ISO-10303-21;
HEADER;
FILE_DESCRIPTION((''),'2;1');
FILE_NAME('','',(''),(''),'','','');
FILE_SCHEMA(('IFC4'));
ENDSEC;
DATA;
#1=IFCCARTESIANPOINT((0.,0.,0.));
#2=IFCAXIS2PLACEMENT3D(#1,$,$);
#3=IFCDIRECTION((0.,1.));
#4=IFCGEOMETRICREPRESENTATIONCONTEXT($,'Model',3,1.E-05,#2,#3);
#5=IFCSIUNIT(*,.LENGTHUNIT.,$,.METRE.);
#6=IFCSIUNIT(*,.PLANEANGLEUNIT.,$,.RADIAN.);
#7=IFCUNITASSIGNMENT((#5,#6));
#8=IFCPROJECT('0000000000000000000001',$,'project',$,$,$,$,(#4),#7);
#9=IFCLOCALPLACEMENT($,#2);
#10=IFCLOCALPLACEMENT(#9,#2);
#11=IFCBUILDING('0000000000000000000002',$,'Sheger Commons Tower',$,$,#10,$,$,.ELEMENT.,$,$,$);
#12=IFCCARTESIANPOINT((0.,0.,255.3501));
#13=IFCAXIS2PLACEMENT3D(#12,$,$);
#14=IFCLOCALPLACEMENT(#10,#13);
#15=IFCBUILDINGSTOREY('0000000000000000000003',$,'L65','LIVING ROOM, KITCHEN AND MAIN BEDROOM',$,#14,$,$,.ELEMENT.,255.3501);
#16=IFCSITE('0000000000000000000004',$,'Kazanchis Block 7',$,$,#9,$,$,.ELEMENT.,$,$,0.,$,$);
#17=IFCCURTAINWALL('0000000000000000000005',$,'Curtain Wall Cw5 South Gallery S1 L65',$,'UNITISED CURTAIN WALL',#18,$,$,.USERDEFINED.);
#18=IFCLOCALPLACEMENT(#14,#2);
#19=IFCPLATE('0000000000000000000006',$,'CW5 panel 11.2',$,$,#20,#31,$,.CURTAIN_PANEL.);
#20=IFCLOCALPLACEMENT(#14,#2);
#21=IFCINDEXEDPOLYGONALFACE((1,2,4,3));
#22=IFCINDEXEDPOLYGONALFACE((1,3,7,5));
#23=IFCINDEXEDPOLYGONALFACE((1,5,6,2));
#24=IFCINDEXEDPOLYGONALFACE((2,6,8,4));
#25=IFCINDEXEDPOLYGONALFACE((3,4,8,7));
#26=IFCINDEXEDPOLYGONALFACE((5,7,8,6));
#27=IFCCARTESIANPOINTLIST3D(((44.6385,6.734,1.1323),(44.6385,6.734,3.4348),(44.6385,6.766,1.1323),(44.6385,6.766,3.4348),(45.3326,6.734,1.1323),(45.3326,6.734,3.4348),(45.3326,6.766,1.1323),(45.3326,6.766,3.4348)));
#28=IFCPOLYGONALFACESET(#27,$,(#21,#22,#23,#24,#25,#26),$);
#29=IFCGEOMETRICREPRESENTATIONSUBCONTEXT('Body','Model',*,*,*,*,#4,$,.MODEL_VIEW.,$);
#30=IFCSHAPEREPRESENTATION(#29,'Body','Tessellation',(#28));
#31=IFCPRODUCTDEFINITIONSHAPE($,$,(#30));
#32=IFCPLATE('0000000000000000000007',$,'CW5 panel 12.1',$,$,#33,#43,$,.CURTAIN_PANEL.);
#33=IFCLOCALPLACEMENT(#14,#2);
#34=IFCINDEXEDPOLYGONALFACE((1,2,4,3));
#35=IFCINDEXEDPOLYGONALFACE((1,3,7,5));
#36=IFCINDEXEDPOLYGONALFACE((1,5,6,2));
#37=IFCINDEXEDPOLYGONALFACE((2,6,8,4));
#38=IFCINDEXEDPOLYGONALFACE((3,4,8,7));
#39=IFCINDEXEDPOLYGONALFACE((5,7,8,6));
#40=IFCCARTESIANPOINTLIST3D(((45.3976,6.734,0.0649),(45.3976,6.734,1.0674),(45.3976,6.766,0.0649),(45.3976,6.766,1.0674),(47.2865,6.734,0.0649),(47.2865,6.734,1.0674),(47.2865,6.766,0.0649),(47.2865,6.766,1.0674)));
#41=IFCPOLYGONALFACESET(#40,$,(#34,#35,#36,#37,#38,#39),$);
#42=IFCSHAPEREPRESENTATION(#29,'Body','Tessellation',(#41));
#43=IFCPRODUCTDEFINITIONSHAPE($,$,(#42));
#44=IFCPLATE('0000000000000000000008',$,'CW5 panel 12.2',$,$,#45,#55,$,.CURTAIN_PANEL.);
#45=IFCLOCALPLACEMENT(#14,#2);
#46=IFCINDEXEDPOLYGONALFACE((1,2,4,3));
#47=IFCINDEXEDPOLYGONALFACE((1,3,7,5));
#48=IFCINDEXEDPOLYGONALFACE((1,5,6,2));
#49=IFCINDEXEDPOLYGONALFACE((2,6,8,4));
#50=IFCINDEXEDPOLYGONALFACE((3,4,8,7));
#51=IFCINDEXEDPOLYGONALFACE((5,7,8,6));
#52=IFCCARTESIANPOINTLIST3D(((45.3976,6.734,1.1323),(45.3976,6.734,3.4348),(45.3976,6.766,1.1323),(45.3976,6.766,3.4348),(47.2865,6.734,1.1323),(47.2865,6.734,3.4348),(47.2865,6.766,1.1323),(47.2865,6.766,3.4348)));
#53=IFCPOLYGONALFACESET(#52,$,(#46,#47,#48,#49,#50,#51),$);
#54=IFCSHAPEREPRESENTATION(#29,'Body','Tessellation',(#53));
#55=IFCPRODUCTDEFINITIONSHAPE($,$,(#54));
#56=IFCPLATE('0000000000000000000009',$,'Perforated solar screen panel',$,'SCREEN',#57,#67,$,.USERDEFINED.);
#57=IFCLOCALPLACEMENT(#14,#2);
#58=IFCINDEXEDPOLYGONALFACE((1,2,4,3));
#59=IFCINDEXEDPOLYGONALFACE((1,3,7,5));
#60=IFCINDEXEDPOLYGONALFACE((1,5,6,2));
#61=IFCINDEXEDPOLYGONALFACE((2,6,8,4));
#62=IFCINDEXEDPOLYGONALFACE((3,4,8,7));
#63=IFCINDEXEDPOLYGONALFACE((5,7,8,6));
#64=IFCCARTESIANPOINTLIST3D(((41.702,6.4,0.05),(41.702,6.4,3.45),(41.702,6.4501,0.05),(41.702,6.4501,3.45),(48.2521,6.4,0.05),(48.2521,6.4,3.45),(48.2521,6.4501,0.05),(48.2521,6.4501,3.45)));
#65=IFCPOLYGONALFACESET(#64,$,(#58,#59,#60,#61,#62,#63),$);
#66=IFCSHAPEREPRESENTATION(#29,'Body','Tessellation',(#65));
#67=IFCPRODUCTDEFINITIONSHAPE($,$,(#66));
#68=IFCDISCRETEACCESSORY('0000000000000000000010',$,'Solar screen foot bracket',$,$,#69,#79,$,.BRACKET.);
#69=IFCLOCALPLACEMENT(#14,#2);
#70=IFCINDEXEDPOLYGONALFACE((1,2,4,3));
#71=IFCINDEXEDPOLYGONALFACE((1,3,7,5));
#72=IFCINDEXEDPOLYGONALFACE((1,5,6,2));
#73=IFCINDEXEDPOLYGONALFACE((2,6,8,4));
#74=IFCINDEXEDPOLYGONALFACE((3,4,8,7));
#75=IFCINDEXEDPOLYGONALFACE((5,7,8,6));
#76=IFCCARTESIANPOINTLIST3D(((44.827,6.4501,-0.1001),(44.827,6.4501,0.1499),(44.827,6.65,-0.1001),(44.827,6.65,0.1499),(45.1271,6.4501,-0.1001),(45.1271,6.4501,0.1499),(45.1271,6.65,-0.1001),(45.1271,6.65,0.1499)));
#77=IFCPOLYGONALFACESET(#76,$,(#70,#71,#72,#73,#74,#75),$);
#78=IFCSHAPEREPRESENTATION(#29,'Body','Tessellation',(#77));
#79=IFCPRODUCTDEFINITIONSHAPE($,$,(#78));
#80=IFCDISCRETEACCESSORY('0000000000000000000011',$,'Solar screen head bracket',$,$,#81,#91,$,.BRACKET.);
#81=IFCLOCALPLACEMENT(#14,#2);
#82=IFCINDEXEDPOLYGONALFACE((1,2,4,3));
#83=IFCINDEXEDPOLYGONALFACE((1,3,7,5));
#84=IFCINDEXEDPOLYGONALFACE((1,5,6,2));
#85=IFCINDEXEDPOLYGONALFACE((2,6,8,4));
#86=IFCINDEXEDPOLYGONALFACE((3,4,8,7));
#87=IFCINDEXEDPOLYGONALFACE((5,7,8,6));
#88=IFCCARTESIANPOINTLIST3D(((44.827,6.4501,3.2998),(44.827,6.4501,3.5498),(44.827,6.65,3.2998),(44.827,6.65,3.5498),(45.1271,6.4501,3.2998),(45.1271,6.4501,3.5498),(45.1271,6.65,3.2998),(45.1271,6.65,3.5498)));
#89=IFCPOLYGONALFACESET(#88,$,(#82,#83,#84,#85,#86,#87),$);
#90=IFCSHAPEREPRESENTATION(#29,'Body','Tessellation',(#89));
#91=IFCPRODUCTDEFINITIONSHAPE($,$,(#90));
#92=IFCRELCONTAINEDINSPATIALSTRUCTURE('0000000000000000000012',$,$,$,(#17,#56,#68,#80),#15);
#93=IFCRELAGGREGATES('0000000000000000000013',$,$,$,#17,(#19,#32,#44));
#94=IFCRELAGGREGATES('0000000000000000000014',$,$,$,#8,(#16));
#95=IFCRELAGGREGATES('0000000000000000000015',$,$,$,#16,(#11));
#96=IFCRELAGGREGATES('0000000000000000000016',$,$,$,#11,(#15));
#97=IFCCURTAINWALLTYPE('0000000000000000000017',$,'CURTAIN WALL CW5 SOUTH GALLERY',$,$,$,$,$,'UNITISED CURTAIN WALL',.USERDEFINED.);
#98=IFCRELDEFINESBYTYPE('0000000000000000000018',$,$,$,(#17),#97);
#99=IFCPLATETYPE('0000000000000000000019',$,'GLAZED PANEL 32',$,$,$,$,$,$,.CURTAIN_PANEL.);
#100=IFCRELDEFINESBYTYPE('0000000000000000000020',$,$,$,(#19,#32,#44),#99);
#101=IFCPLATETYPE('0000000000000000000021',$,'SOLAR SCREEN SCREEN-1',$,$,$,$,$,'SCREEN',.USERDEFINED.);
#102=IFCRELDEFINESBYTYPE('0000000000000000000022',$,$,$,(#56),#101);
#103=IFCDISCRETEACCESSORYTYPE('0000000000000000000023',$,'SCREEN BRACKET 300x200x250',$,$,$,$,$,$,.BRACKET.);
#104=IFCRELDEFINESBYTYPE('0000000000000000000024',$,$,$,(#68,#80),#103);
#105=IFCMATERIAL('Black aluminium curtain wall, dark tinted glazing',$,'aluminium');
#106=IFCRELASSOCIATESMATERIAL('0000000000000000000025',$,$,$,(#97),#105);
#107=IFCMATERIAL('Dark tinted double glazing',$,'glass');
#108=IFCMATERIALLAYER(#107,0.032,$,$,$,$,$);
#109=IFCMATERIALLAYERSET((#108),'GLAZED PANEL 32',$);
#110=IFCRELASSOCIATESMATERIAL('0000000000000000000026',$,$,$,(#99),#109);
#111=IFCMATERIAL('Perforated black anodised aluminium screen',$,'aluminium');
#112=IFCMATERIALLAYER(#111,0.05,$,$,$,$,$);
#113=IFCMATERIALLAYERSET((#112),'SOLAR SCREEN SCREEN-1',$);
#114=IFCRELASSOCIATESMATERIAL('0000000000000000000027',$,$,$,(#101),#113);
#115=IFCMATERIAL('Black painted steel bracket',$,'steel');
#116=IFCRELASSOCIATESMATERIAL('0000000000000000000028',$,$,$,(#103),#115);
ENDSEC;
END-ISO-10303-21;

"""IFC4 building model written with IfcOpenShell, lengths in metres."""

from ifc_helpers import new_model, si_unit, direction, frame, origin, origin_2d, place, context, subcontext, project, spatial, rectangle, extrude, material, layer, layer_set, type_object, element, aggregate, save


model = new_model("IFC4")

# Units and contexts
model_context = context("Model", 3, precision=1e-05, world=origin(), true_north=direction((0.0, 1.0)))
body_context = subcontext(model_context, "Body", "Model", "MODEL_VIEW")
ifc_project = project(units=[si_unit("LENGTHUNIT", "METRE"), si_unit("PLANEANGLEUNIT", "RADIAN")], contexts=[model_context])

# Site, building, storey
site_placement = place(None, origin())
site = spatial("IfcSite", under=ifc_project, at=site_placement, Name="Kazanchis Block 7", CompositionType="ELEMENT", RefElevation=0.0)
building_placement = place(site_placement, origin())
building = spatial("IfcBuilding", under=site, at=building_placement, Name="Sheger Commons Tower", CompositionType="ELEMENT")
storey_placement = place(building_placement, frame((0.0, 0.0, 255.3501)))
storey = spatial("IfcBuildingStorey", under=building, at=storey_placement, Name="L65", Description="LIVING ROOM, KITCHEN AND MAIN BEDROOM", CompositionType="ELEMENT", Elevation=255.3501)

# Curtain wall, plates
ifc_material_1 = material(Name="Black aluminium curtain wall, dark tinted glazing", Category="aluminium")
curtain_wall_type = type_object("IfcCurtainWallType", Name="CURTAIN WALL CW5 SOUTH GALLERY", ElementType="UNITISED CURTAIN WALL", PredefinedType="USERDEFINED", material=ifc_material_1)
curtain_wall_placement = place(storey_placement, origin())
curtain_wall = element("IfcCurtainWall", 1, at=curtain_wall_placement, inside=storey, type_object=curtain_wall_type, Name="Curtain Wall Cw5 South Gallery S1 L65", ObjectType="UNITISED CURTAIN WALL", PredefinedType="USERDEFINED")
ifc_material_2 = material(Name="Dark tinted double glazing", Category="glass")
ifc_layer_1 = layer(ifc_material_2, 0.032)
ifc_layer_set_1 = layer_set([ifc_layer_1], Name="GLAZED PANEL 32")
plate_type_1 = type_object("IfcPlateType", Name="GLAZED PANEL 32", PredefinedType="CURTAIN_PANEL", material=ifc_layer_set_1)
plate_1_placement = place(storey_placement, frame((44.9856, 6.75, 1.1323), z_axis=(0.0, 0.0, 1.0), x_axis=(1.0, 0.0, 0.0)))
plate_1 = element("IfcPlate", 2, at=plate_1_placement, type_object=plate_type_1, Name="CW5 panel 11.2", PredefinedType="CURTAIN_PANEL", context=body_context, shape_type="SweptSolid", body=[
    extrude(rectangle(XDim=0.6941, YDim=0.032, at=origin_2d()), origin(), (0.0, 0.0, 1.0), 2.3025),
])
plate_2_placement = place(storey_placement, frame((46.342, 6.75, 0.0649), z_axis=(0.0, 0.0, 1.0), x_axis=(1.0, 0.0, 0.0)))
plate_2 = element("IfcPlate", 3, at=plate_2_placement, type_object=plate_type_1, Name="CW5 panel 12.1", PredefinedType="CURTAIN_PANEL", context=body_context, shape_type="SweptSolid", body=[
    extrude(rectangle(XDim=1.8889, YDim=0.032, at=origin_2d()), origin(), (0.0, 0.0, 1.0), 1.0024),
])
plate_3_placement = place(storey_placement, frame((46.342, 6.75, 1.1323), z_axis=(0.0, 0.0, 1.0), x_axis=(1.0, 0.0, 0.0)))
plate_3 = element("IfcPlate", 4, at=plate_3_placement, type_object=plate_type_1, Name="CW5 panel 12.2", PredefinedType="CURTAIN_PANEL", context=body_context, shape_type="SweptSolid", body=[
    extrude(rectangle(XDim=1.8889, YDim=0.032, at=origin_2d()), origin(), (0.0, 0.0, 1.0), 2.3025),
])
aggregate(curtain_wall, [plate_1, plate_2, plate_3])

# Plate
ifc_material_3 = material(Name="Perforated black anodised aluminium screen", Category="aluminium")
ifc_layer_2 = layer(ifc_material_3, 0.05)
ifc_layer_set_2 = layer_set([ifc_layer_2], Name="SOLAR SCREEN SCREEN-1")
plate_type_2 = type_object("IfcPlateType", Name="SOLAR SCREEN SCREEN-1", ElementType="SCREEN", PredefinedType="USERDEFINED", material=ifc_layer_set_2)
plate_4_placement = place(storey_placement, frame((44.9771, 6.425, 0.05), z_axis=(0.0, 0.0, 1.0), x_axis=(1.0, 0.0, 0.0)))
element("IfcPlate", 5, at=plate_4_placement, inside=storey, type_object=plate_type_2, Name="Perforated solar screen panel", ObjectType="SCREEN", PredefinedType="USERDEFINED", context=body_context, shape_type="SweptSolid", body=[
    extrude(rectangle(XDim=6.55, YDim=0.05, at=origin_2d()), origin(), (0.0, 0.0, 1.0), 3.3999),
])

# Discrete accessories
ifc_material_4 = material(Name="Black painted steel bracket", Category="steel")
discrete_accessory_type = type_object("IfcDiscreteAccessoryType", Name="SCREEN BRACKET 300x200x250", PredefinedType="BRACKET", material=ifc_material_4)
for number, where, z_axis, x_axis, name in (
    (6, (44.9771, 6.55, -0.1001), (0.0, 0.0, 1.0), (1.0, 0.0, 0.0), "Solar screen foot bracket"),
    (7, (44.9771, 6.55, 3.2998), (0.0, 0.0, 1.0), (1.0, 0.0, 0.0), "Solar screen head bracket"),
):
    element("IfcDiscreteAccessory", number, at=place(storey_placement, frame(where, z_axis=z_axis, x_axis=x_axis)), inside=storey, type_object=discrete_accessory_type, Name=name, PredefinedType="BRACKET", context=body_context, shape_type="SweptSolid", body=[
        extrude(rectangle(XDim=0.3, YDim=0.2, at=origin_2d()), origin(), (0.0, 0.0, 1.0), 0.25),
    ])

save(model, "model.ifc")
